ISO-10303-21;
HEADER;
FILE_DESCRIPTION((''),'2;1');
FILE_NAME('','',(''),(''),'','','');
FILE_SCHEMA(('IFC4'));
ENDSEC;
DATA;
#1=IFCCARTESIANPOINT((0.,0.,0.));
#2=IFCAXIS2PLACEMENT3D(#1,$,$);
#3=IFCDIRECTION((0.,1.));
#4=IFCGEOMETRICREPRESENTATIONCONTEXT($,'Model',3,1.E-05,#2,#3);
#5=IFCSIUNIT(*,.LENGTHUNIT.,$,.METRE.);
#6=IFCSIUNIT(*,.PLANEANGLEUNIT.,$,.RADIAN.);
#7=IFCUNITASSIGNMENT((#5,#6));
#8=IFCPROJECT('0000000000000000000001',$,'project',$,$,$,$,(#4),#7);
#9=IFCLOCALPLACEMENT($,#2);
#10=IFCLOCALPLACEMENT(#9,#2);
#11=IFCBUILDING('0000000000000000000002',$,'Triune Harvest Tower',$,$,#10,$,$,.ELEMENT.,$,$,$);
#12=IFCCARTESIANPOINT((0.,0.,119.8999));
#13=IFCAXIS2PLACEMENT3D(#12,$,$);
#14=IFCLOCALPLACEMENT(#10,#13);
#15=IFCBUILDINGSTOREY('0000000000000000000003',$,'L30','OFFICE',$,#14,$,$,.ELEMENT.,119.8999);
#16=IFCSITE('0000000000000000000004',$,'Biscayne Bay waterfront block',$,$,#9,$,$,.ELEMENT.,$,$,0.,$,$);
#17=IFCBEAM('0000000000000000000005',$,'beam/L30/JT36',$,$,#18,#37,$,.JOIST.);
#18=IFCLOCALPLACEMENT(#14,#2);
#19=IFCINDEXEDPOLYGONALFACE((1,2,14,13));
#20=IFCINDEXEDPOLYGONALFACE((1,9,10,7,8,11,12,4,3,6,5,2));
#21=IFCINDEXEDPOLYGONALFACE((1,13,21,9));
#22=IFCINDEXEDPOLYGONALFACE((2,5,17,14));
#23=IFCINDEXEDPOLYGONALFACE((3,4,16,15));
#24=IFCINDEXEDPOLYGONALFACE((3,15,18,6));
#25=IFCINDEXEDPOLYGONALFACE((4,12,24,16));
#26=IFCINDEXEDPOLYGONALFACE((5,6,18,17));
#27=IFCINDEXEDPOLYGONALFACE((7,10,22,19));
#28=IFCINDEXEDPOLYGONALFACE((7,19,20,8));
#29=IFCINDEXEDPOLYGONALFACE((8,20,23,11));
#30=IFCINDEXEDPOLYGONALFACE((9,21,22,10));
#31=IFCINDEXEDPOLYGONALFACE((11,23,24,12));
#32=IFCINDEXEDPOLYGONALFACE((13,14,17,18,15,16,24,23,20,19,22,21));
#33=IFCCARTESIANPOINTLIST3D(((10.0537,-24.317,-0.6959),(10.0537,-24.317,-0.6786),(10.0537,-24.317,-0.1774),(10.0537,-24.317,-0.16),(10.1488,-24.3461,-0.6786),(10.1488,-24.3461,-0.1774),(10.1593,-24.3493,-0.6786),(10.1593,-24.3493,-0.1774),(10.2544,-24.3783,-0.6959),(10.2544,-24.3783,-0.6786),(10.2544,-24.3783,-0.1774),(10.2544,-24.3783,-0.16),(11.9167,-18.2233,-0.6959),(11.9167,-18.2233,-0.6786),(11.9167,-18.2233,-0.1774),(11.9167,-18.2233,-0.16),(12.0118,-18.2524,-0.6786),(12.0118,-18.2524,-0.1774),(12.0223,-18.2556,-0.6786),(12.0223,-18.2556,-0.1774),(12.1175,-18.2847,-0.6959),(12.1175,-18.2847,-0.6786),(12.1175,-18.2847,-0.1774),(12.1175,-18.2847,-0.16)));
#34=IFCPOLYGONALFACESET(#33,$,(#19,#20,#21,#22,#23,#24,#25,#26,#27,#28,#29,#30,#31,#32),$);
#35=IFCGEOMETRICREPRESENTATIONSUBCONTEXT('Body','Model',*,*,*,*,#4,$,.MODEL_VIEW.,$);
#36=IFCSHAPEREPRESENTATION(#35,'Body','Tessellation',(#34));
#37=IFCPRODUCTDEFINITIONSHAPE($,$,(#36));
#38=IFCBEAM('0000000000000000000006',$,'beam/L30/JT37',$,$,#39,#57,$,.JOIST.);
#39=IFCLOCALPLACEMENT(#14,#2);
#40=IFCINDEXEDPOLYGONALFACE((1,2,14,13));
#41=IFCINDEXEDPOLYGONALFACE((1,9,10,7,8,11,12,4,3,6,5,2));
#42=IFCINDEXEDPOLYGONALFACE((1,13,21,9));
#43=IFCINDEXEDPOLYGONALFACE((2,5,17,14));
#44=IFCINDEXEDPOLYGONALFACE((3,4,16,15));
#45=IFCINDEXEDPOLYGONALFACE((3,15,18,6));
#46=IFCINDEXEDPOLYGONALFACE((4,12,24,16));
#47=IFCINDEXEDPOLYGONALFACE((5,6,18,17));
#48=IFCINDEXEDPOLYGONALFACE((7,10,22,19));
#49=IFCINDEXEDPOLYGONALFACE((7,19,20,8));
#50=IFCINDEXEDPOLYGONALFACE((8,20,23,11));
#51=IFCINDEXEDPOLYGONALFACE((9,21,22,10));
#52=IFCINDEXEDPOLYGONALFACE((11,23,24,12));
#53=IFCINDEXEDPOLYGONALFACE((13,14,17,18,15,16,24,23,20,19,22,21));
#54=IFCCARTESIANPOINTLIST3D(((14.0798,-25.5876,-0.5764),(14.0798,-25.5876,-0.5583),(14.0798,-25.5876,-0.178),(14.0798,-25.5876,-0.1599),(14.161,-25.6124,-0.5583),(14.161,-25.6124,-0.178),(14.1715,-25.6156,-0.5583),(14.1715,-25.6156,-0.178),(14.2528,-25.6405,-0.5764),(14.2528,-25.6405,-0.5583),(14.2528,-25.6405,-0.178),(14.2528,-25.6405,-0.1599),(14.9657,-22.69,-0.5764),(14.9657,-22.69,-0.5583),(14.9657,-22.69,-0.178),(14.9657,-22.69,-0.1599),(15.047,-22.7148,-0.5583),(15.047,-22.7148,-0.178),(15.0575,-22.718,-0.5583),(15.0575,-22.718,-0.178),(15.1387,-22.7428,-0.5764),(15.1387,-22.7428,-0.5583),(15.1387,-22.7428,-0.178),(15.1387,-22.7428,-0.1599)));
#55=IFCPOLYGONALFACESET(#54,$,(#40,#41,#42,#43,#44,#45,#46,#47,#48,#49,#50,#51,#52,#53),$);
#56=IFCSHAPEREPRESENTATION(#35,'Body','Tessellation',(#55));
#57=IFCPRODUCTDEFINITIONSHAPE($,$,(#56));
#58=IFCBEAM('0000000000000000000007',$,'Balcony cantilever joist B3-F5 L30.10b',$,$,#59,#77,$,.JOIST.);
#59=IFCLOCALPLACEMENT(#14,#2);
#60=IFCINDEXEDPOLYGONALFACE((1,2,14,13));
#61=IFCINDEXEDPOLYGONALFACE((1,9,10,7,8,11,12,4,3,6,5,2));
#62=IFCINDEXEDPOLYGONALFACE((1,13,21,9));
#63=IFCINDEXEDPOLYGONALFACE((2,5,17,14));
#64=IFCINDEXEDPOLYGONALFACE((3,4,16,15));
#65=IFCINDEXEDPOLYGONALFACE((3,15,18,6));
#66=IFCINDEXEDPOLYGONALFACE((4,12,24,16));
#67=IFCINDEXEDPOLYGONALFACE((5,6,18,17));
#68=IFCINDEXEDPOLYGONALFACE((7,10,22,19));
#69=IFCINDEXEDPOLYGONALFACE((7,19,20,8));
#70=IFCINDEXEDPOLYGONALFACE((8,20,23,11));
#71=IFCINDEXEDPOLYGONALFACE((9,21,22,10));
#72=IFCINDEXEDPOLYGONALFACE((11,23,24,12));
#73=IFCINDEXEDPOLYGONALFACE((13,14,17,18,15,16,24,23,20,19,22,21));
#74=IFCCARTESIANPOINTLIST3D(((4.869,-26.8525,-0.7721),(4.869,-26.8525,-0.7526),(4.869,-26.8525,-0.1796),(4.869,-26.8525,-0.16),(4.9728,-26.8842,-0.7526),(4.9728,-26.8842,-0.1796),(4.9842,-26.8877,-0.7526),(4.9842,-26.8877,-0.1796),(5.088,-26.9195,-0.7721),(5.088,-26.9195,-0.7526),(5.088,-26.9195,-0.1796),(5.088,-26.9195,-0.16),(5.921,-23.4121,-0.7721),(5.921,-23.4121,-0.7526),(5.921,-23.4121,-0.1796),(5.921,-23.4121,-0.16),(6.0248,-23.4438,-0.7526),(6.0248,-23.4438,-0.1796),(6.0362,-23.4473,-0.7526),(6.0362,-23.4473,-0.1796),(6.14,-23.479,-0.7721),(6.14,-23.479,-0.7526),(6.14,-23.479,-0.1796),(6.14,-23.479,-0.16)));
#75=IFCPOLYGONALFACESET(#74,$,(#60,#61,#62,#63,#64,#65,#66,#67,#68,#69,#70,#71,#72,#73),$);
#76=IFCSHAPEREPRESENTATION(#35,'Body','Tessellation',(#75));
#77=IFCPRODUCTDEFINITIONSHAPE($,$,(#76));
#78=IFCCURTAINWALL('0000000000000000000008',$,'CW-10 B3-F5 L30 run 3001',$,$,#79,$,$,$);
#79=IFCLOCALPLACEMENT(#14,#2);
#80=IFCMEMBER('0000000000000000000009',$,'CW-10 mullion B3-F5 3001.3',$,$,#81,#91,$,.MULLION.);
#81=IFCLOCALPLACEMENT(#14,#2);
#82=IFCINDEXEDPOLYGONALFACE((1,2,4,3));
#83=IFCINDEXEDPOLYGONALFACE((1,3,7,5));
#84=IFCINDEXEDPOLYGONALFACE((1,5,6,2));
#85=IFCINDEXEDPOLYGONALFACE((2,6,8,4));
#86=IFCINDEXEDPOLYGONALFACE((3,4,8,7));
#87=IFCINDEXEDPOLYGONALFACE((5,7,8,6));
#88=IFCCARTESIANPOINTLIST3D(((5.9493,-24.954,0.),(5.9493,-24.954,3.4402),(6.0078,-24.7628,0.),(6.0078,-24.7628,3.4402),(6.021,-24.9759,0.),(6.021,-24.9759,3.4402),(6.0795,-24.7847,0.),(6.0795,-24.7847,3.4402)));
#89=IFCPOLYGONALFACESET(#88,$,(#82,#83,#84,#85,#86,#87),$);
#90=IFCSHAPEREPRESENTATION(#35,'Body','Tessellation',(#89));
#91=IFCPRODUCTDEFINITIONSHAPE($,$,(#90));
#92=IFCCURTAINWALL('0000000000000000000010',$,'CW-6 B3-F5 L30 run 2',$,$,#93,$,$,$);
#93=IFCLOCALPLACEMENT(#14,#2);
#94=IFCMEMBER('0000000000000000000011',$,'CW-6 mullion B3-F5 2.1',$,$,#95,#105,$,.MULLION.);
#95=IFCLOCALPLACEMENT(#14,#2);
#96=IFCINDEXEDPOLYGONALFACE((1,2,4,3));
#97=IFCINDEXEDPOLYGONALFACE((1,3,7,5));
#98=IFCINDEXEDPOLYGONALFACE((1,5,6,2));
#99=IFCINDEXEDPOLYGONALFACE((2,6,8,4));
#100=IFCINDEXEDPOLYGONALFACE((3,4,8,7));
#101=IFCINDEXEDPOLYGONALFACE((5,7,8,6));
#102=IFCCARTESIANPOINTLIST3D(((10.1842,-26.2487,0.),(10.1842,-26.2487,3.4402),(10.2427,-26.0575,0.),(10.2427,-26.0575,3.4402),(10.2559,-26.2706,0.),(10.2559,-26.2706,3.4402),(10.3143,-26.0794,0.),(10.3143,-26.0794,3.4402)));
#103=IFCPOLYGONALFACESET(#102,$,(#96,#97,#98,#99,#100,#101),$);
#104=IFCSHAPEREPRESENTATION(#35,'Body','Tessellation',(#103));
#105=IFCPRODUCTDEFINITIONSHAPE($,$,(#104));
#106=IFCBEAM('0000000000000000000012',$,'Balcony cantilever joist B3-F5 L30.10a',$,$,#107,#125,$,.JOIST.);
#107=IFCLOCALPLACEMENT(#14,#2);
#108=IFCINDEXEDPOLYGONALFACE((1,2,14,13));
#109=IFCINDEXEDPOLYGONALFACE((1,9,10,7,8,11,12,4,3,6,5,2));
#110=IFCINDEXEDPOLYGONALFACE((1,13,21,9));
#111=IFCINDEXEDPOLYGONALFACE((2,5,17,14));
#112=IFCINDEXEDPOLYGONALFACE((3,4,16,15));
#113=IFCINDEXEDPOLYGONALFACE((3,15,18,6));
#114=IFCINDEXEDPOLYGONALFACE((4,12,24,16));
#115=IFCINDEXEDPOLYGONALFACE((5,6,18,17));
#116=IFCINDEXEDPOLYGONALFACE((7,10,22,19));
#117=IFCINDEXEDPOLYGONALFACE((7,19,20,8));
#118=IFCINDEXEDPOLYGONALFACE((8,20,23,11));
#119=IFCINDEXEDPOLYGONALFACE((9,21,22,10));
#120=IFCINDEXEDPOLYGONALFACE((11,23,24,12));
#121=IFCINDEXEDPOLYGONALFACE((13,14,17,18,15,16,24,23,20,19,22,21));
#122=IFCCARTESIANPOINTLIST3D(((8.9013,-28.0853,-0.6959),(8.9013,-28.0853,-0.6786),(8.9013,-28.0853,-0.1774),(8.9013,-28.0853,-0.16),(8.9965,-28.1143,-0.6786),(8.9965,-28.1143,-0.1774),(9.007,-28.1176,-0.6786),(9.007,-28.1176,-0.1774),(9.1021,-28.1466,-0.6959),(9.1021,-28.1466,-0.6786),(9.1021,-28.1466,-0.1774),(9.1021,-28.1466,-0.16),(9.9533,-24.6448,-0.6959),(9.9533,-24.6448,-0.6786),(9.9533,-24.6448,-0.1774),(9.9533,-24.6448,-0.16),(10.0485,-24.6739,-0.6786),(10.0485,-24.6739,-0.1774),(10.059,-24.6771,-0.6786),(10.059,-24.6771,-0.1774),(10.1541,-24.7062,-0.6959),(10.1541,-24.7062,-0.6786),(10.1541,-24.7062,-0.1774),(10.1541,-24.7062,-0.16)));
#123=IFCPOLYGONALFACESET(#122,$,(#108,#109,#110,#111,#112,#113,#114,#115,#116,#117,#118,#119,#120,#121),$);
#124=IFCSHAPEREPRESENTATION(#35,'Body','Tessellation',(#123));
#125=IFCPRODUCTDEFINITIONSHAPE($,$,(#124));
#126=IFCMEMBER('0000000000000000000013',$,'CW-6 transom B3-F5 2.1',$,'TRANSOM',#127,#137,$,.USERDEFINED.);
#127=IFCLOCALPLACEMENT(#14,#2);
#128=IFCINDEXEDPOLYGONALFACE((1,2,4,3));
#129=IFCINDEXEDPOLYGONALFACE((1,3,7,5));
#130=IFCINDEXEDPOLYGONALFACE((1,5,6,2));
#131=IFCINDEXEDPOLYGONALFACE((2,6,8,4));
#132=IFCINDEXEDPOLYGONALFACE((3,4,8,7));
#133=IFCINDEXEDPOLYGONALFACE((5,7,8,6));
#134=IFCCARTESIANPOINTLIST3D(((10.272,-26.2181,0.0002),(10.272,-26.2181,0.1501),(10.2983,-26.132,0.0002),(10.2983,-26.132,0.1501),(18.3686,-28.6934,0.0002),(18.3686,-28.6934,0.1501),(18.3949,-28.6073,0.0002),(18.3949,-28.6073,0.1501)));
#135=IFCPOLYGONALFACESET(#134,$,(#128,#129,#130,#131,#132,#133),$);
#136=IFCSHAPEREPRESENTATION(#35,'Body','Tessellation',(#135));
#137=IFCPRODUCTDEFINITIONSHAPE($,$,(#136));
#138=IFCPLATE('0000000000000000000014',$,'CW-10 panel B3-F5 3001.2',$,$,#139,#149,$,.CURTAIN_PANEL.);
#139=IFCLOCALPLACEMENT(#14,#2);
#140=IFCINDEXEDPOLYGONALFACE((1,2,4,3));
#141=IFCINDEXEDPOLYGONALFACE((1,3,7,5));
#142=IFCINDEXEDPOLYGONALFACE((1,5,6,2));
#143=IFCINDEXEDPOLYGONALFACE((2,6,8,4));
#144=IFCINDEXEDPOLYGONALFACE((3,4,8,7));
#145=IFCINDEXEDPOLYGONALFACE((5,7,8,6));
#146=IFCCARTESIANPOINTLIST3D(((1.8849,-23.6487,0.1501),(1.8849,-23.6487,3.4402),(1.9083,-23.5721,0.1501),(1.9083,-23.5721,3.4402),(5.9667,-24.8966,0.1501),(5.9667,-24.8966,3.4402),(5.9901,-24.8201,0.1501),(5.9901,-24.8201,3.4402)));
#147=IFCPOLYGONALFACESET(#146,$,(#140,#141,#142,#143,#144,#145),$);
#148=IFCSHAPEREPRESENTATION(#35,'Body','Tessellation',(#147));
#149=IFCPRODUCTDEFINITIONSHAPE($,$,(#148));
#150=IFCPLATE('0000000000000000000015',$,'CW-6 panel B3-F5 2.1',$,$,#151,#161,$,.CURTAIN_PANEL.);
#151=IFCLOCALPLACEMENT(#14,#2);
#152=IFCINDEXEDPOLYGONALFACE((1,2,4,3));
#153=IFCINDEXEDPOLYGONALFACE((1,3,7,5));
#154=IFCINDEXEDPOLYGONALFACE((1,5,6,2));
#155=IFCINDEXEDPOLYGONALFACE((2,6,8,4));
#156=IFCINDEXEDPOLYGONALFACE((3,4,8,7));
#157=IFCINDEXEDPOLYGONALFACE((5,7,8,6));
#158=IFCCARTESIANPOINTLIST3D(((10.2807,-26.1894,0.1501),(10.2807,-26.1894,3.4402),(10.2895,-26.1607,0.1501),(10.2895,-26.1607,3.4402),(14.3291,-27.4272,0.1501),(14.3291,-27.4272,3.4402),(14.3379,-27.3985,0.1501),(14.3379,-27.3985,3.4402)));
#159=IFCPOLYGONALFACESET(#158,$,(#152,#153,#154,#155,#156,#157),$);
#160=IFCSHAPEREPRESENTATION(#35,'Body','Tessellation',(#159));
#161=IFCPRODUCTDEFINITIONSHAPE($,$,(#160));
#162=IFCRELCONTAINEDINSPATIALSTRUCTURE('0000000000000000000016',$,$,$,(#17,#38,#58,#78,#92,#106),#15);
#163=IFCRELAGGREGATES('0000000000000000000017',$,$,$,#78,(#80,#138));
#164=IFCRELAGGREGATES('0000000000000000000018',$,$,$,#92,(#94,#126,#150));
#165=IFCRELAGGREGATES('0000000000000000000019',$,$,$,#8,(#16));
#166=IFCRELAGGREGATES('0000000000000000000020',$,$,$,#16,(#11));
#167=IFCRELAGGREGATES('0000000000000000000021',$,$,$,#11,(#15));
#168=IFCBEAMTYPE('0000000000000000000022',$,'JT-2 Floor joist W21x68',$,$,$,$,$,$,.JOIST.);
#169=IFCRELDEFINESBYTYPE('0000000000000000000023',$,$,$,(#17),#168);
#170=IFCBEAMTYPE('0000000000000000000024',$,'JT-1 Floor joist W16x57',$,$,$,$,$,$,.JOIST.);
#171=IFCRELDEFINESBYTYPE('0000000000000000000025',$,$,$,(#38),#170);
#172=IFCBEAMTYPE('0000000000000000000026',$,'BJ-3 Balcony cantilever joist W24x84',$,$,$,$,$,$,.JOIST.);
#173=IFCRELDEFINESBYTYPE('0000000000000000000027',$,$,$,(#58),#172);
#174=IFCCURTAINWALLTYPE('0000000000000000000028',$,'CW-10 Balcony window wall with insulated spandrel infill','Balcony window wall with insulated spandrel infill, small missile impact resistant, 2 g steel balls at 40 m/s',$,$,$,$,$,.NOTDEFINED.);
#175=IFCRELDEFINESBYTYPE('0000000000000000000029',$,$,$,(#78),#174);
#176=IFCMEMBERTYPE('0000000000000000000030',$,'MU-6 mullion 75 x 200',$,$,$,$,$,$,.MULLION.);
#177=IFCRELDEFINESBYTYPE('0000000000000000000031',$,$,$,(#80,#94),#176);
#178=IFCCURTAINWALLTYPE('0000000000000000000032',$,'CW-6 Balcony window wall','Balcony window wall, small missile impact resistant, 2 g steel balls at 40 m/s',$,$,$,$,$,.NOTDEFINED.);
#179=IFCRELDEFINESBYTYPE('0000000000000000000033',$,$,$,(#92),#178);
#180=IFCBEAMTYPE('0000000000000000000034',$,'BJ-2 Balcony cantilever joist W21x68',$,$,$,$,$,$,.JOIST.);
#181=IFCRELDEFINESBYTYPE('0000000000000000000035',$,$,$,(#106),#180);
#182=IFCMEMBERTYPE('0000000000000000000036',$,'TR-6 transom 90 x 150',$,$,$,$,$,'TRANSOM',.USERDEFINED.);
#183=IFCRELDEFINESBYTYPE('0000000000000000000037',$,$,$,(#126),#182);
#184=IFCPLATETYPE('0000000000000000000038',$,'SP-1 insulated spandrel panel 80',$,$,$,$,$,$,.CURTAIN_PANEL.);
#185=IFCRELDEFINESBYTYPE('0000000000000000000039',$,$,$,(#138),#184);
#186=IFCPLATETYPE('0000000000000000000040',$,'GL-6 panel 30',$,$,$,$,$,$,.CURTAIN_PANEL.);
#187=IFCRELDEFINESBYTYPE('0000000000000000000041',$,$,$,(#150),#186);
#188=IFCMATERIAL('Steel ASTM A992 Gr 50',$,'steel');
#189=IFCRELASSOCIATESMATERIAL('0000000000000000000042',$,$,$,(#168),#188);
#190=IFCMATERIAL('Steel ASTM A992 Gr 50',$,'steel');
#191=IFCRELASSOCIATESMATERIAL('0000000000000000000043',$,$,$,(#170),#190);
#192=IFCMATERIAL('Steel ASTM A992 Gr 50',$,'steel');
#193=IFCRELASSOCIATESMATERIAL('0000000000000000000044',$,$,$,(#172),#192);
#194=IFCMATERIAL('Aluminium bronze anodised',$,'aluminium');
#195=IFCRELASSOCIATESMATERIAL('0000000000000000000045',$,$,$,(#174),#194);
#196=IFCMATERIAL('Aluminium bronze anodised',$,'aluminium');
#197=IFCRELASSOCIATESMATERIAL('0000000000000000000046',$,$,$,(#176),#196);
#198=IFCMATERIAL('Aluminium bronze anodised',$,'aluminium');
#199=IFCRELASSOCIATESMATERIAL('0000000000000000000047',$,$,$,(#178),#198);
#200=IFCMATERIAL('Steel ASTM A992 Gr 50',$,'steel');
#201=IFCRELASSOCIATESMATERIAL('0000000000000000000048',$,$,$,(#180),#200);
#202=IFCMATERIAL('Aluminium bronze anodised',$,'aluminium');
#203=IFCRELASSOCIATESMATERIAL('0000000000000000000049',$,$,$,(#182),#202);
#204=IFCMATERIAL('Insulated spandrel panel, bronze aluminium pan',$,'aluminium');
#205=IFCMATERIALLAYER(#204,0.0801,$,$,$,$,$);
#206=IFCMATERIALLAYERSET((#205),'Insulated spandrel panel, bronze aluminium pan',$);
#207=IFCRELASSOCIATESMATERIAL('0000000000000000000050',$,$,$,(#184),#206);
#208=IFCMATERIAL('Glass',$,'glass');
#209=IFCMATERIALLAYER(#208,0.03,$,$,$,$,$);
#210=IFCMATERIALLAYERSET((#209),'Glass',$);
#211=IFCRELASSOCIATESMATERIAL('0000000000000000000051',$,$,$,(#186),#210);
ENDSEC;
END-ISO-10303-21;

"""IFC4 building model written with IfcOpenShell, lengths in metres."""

from ifc_helpers import new_model, si_unit, direction, frame, origin, origin_2d, place, context, subcontext, project, spatial, rectangle, i_section, extrude, source, transform, mapped, material, layer, layer_set, material_profile, profile_set, type_object, element, aggregate, save


model = new_model("IFC4")

# Units and contexts
model_context = context("Model", 3, precision=1e-05, world=origin(), true_north=direction((0.0, 1.0)))
body_context = subcontext(model_context, "Body", "Model", "MODEL_VIEW")
ifc_project = project(units=[si_unit("LENGTHUNIT", "METRE"), si_unit("PLANEANGLEUNIT", "RADIAN")], contexts=[model_context])

# Site, building, storey
site_placement = place(None, origin())
site = spatial("IfcSite", under=ifc_project, at=site_placement, Name="Biscayne Bay waterfront block", CompositionType="ELEMENT", RefElevation=0.0)
building_placement = place(site_placement, origin())
building = spatial("IfcBuilding", under=site, at=building_placement, Name="Triune Harvest Tower", CompositionType="ELEMENT")
storey_placement = place(building_placement, frame((0.0, 0.0, 119.8999)))
storey = spatial("IfcBuildingStorey", under=building, at=storey_placement, Name="L30", Description="OFFICE", CompositionType="ELEMENT", Elevation=119.8999)

# Beams
ifc_material_1 = material(Name="Steel ASTM A992 Gr 50", Category="steel")
ifc_material_profile_1 = material_profile(ifc_material_1, i_section(OverallWidth=0.21, OverallDepth=0.5359, WebThickness=0.011, FlangeThickness=0.0173, at=origin_2d()), Name="W21x68")
ifc_profile_set_1 = profile_set([ifc_material_profile_1], Name="Steel ASTM A992 Gr 50")
beam_type_1 = type_object("IfcBeamType", Name="JT-2 Floor joist W21x68", PredefinedType="JOIST", material=ifc_profile_set_1)
shared_shape_1 = source(origin(), body_context, "Body", "SweptSolid", [
    extrude(i_section(OverallWidth=0.21, OverallDepth=0.5359, WebThickness=0.011, FlangeThickness=0.0173, at=origin_2d()), origin(), (0.0, 0.0, 1.0), 6.3721),
])
beam_1_placement = place(storey_placement, frame((10.1541, -24.3477, -0.428), z_axis=(0.29237, 0.956305, 0.0), x_axis=(-0.956305, 0.29237, 0.0)))
element("IfcBeam", 1, at=beam_1_placement, inside=storey, type_object=beam_type_1, Name="beam/L30/JT36", PredefinedType="JOIST", context=body_context, shape_type="MappedRepresentation", body=[
    mapped(shared_shape_1, transform((0.0, 0.0, 0.0), scale=1.0)),
])
ifc_material_2 = material(Name="Steel ASTM A992 Gr 50", Category="steel")
ifc_material_profile_2 = material_profile(ifc_material_2, i_section(OverallWidth=0.1809, OverallDepth=0.4165, WebThickness=0.011, FlangeThickness=0.0181, at=origin_2d()), Name="W16x57")
ifc_profile_set_2 = profile_set([ifc_material_profile_2], Name="Steel ASTM A992 Gr 50")
beam_type_2 = type_object("IfcBeamType", Name="JT-1 Floor joist W16x57", PredefinedType="JOIST", material=ifc_profile_set_2)
shared_shape_2 = source(origin(), body_context, "Body", "SweptSolid", [
    extrude(i_section(OverallWidth=0.1809, OverallDepth=0.4165, WebThickness=0.011, FlangeThickness=0.0181, at=origin_2d()), origin(), (0.0, 0.0, 1.0), 3.03),
])
beam_2_placement = place(storey_placement, frame((14.1663, -25.614, -0.3682), z_axis=(0.292393, 0.956298, 0.0), x_axis=(-0.956298, 0.292393, 0.0)))
element("IfcBeam", 2, at=beam_2_placement, inside=storey, type_object=beam_type_2, Name="beam/L30/JT37", PredefinedType="JOIST", context=body_context, shape_type="MappedRepresentation", body=[
    mapped(shared_shape_2, transform((0.0, 0.0, 0.0), scale=1.0)),
])
ifc_material_3 = material(Name="Steel ASTM A992 Gr 50", Category="steel")
ifc_material_profile_3 = material_profile(ifc_material_3, i_section(OverallWidth=0.229, OverallDepth=0.6121, WebThickness=0.012, FlangeThickness=0.0195, at=origin_2d()), Name="W24x84")
ifc_profile_set_3 = profile_set([ifc_material_profile_3], Name="Steel ASTM A992 Gr 50")
beam_type_3 = type_object("IfcBeamType", Name="BJ-3 Balcony cantilever joist W24x84", PredefinedType="JOIST", material=ifc_profile_set_3)
shared_shape_3 = source(origin(), body_context, "Body", "SweptSolid", [
    extrude(i_section(OverallWidth=0.229, OverallDepth=0.6121, WebThickness=0.012, FlangeThickness=0.0195, at=origin_2d()), origin(), (0.0, 0.0, 1.0), 3.5977),
])
beam_3_placement = place(storey_placement, frame((6.0305, -23.4456, -0.4661), z_axis=(-0.292412, -0.956293, 0.0), x_axis=(0.956293, -0.292412, 0.0)))
element("IfcBeam", 3, at=beam_3_placement, inside=storey, type_object=beam_type_3, Name="Balcony cantilever joist B3-F5 L30.10b", PredefinedType="JOIST", context=body_context, shape_type="MappedRepresentation", body=[
    mapped(shared_shape_3, transform((0.0, 0.0, 0.0), scale=1.0)),
])

# Curtain walls, members
ifc_material_4 = material(Name="Aluminium bronze anodised", Category="aluminium")
curtain_wall_type_1 = type_object("IfcCurtainWallType", Name="CW-10 Balcony window wall with insulated spandrel infill", Description="Balcony window wall with insulated spandrel infill, small missile impact resistant, 2 g steel balls at 40 m/s", PredefinedType="NOTDEFINED", material=ifc_material_4)
curtain_wall_1_placement = place(storey_placement, origin())
curtain_wall_1 = element("IfcCurtainWall", 4, at=curtain_wall_1_placement, inside=storey, type_object=curtain_wall_type_1, Name="CW-10 B3-F5 L30 run 3001")
ifc_material_5 = material(Name="Aluminium bronze anodised", Category="aluminium")
ifc_material_profile_4 = material_profile(ifc_material_5, rectangle(XDim=0.2, YDim=0.075, at=origin_2d()), Name="MU-6 mullion 75 x 200")
ifc_profile_set_4 = profile_set([ifc_material_profile_4], Name="Aluminium bronze anodised")
member_type_1 = type_object("IfcMemberType", Name="MU-6 mullion 75 x 200", PredefinedType="MULLION", material=ifc_profile_set_4)
shared_shape_4 = source(origin(), body_context, "Body", "SweptSolid", [
    extrude(rectangle(XDim=0.2, YDim=0.075, at=origin_2d()), origin(), (0.0, 0.0, 1.0), 3.4402),
])
member_1_placement = place(storey_placement, frame((6.0144, -24.8694, 0.0), z_axis=(0.0, 0.0, 1.0), x_axis=(0.292373, 0.956304, 0.0)))
member_1 = element("IfcMember", 5, at=member_1_placement, type_object=member_type_1, Name="CW-10 mullion B3-F5 3001.3", PredefinedType="MULLION", context=body_context, shape_type="MappedRepresentation", body=[
    mapped(shared_shape_4, transform((0.0, 0.0, 0.0), scale=1.0)),
])
ifc_material_6 = material(Name="Aluminium bronze anodised", Category="aluminium")
curtain_wall_type_2 = type_object("IfcCurtainWallType", Name="CW-6 Balcony window wall", Description="Balcony window wall, small missile impact resistant, 2 g steel balls at 40 m/s", PredefinedType="NOTDEFINED", material=ifc_material_6)
curtain_wall_2_placement = place(storey_placement, origin())
curtain_wall_2 = element("IfcCurtainWall", 6, at=curtain_wall_2_placement, inside=storey, type_object=curtain_wall_type_2, Name="CW-6 B3-F5 L30 run 2")
member_2_placement = place(storey_placement, frame((10.2493, -26.1641, 0.0), z_axis=(0.0, 0.0, 1.0), x_axis=(0.292373, 0.956304, 0.0)))
member_2 = element("IfcMember", 7, at=member_2_placement, type_object=member_type_1, Name="CW-6 mullion B3-F5 2.1", PredefinedType="MULLION", context=body_context, shape_type="MappedRepresentation", body=[
    mapped(shared_shape_4, transform((0.0, 0.0, 0.0), scale=1.0)),
])

# Beam
ifc_material_7 = material(Name="Steel ASTM A992 Gr 50", Category="steel")
ifc_material_profile_5 = material_profile(ifc_material_7, i_section(OverallWidth=0.21, OverallDepth=0.5359, WebThickness=0.011, FlangeThickness=0.0173, at=origin_2d()), Name="W21x68")
ifc_profile_set_5 = profile_set([ifc_material_profile_5], Name="Steel ASTM A992 Gr 50")
beam_type_4 = type_object("IfcBeamType", Name="BJ-2 Balcony cantilever joist W21x68", PredefinedType="JOIST", material=ifc_profile_set_5)
shared_shape_5 = source(origin(), body_context, "Body", "SweptSolid", [
    extrude(i_section(OverallWidth=0.21, OverallDepth=0.5359, WebThickness=0.011, FlangeThickness=0.0173, at=origin_2d()), origin(), (0.0, 0.0, 1.0), 3.5977),
])
beam_4_placement = place(storey_placement, frame((10.0537, -24.6755, -0.428), z_axis=(-0.292412, -0.956293, 0.0), x_axis=(0.956293, -0.292412, 0.0)))
element("IfcBeam", 8, at=beam_4_placement, inside=storey, type_object=beam_type_4, Name="Balcony cantilever joist B3-F5 L30.10a", PredefinedType="JOIST", context=body_context, shape_type="MappedRepresentation", body=[
    mapped(shared_shape_5, transform((0.0, 0.0, 0.0), scale=1.0)),
])

# Member
ifc_material_8 = material(Name="Aluminium bronze anodised", Category="aluminium")
ifc_material_profile_6 = material_profile(ifc_material_8, rectangle(XDim=0.0901, YDim=0.1499, at=origin_2d()), Name="TR-6 transom 90 x 150")
ifc_profile_set_6 = profile_set([ifc_material_profile_6], Name="Aluminium bronze anodised")
member_type_2 = type_object("IfcMemberType", Name="TR-6 transom 90 x 150", ElementType="TRANSOM", PredefinedType="USERDEFINED", material=ifc_profile_set_6)
shared_shape_6 = source(origin(), body_context, "Body", "SweptSolid", [
    extrude(rectangle(XDim=0.0901, YDim=0.1499, at=origin_2d()), origin(), (0.0, 0.0, 1.0), 8.4666),
])
member_3_placement = place(storey_placement, frame((10.2852, -26.175, 0.0752), z_axis=(0.956307, -0.292365, 0.0), x_axis=(0.292365, 0.956307, 0.0)))
member_3 = element("IfcMember", 9, at=member_3_placement, type_object=member_type_2, Name="CW-6 transom B3-F5 2.1", ObjectType="TRANSOM", PredefinedType="USERDEFINED", context=body_context, shape_type="MappedRepresentation", body=[
    mapped(shared_shape_6, transform((0.0, 0.0, 0.0), scale=1.0)),
])

# Plates
ifc_material_9 = material(Name="Insulated spandrel panel, bronze aluminium pan", Category="aluminium")
ifc_layer_1 = layer(ifc_material_9, 0.0801)
ifc_layer_set_1 = layer_set([ifc_layer_1], Name="Insulated spandrel panel, bronze aluminium pan")
plate_type_1 = type_object("IfcPlateType", Name="SP-1 insulated spandrel panel 80", PredefinedType="CURTAIN_PANEL", material=ifc_layer_set_1)
shared_shape_7 = source(origin(), body_context, "Body", "SweptSolid", [
    extrude(rectangle(XDim=4.2683, YDim=0.0801, at=origin_2d()), origin(), (0.0, 0.0, 1.0), 3.29),
])
plate_1_placement = place(storey_placement, frame((3.9375, -24.2344, 0.1501), z_axis=(0.0, 0.0, 1.0), x_axis=(0.956304, -0.292373, 0.0)))
plate_1 = element("IfcPlate", 10, at=plate_1_placement, type_object=plate_type_1, Name="CW-10 panel B3-F5 3001.2", PredefinedType="CURTAIN_PANEL", context=body_context, shape_type="MappedRepresentation", body=[
    mapped(shared_shape_7, transform((0.0, 0.0, 0.0), scale=1.0)),
])
aggregate(curtain_wall_1, [member_1, plate_1])
ifc_material_10 = material(Name="Glass", Category="glass")
ifc_layer_2 = layer(ifc_material_10, 0.03)
ifc_layer_set_2 = layer_set([ifc_layer_2], Name="Glass")
plate_type_2 = type_object("IfcPlateType", Name="GL-6 panel 30", PredefinedType="CURTAIN_PANEL", material=ifc_layer_set_2)
shared_shape_8 = source(origin(), body_context, "Body", "SweptSolid", [
    extrude(rectangle(XDim=4.2334, YDim=0.03, at=origin_2d()), origin(), (0.0, 0.0, 1.0), 3.29),
])
plate_2_placement = place(storey_placement, frame((12.3093, -26.7939, 0.1501), z_axis=(0.0, 0.0, 1.0), x_axis=(0.956304, -0.292373, 0.0)))
plate_2 = element("IfcPlate", 11, at=plate_2_placement, type_object=plate_type_2, Name="CW-6 panel B3-F5 2.1", PredefinedType="CURTAIN_PANEL", context=body_context, shape_type="MappedRepresentation", body=[
    mapped(shared_shape_8, transform((0.0, 0.0, 0.0), scale=1.0)),
])
aggregate(curtain_wall_2, [member_2, member_3, plate_2])

save(model, "model.ifc")
